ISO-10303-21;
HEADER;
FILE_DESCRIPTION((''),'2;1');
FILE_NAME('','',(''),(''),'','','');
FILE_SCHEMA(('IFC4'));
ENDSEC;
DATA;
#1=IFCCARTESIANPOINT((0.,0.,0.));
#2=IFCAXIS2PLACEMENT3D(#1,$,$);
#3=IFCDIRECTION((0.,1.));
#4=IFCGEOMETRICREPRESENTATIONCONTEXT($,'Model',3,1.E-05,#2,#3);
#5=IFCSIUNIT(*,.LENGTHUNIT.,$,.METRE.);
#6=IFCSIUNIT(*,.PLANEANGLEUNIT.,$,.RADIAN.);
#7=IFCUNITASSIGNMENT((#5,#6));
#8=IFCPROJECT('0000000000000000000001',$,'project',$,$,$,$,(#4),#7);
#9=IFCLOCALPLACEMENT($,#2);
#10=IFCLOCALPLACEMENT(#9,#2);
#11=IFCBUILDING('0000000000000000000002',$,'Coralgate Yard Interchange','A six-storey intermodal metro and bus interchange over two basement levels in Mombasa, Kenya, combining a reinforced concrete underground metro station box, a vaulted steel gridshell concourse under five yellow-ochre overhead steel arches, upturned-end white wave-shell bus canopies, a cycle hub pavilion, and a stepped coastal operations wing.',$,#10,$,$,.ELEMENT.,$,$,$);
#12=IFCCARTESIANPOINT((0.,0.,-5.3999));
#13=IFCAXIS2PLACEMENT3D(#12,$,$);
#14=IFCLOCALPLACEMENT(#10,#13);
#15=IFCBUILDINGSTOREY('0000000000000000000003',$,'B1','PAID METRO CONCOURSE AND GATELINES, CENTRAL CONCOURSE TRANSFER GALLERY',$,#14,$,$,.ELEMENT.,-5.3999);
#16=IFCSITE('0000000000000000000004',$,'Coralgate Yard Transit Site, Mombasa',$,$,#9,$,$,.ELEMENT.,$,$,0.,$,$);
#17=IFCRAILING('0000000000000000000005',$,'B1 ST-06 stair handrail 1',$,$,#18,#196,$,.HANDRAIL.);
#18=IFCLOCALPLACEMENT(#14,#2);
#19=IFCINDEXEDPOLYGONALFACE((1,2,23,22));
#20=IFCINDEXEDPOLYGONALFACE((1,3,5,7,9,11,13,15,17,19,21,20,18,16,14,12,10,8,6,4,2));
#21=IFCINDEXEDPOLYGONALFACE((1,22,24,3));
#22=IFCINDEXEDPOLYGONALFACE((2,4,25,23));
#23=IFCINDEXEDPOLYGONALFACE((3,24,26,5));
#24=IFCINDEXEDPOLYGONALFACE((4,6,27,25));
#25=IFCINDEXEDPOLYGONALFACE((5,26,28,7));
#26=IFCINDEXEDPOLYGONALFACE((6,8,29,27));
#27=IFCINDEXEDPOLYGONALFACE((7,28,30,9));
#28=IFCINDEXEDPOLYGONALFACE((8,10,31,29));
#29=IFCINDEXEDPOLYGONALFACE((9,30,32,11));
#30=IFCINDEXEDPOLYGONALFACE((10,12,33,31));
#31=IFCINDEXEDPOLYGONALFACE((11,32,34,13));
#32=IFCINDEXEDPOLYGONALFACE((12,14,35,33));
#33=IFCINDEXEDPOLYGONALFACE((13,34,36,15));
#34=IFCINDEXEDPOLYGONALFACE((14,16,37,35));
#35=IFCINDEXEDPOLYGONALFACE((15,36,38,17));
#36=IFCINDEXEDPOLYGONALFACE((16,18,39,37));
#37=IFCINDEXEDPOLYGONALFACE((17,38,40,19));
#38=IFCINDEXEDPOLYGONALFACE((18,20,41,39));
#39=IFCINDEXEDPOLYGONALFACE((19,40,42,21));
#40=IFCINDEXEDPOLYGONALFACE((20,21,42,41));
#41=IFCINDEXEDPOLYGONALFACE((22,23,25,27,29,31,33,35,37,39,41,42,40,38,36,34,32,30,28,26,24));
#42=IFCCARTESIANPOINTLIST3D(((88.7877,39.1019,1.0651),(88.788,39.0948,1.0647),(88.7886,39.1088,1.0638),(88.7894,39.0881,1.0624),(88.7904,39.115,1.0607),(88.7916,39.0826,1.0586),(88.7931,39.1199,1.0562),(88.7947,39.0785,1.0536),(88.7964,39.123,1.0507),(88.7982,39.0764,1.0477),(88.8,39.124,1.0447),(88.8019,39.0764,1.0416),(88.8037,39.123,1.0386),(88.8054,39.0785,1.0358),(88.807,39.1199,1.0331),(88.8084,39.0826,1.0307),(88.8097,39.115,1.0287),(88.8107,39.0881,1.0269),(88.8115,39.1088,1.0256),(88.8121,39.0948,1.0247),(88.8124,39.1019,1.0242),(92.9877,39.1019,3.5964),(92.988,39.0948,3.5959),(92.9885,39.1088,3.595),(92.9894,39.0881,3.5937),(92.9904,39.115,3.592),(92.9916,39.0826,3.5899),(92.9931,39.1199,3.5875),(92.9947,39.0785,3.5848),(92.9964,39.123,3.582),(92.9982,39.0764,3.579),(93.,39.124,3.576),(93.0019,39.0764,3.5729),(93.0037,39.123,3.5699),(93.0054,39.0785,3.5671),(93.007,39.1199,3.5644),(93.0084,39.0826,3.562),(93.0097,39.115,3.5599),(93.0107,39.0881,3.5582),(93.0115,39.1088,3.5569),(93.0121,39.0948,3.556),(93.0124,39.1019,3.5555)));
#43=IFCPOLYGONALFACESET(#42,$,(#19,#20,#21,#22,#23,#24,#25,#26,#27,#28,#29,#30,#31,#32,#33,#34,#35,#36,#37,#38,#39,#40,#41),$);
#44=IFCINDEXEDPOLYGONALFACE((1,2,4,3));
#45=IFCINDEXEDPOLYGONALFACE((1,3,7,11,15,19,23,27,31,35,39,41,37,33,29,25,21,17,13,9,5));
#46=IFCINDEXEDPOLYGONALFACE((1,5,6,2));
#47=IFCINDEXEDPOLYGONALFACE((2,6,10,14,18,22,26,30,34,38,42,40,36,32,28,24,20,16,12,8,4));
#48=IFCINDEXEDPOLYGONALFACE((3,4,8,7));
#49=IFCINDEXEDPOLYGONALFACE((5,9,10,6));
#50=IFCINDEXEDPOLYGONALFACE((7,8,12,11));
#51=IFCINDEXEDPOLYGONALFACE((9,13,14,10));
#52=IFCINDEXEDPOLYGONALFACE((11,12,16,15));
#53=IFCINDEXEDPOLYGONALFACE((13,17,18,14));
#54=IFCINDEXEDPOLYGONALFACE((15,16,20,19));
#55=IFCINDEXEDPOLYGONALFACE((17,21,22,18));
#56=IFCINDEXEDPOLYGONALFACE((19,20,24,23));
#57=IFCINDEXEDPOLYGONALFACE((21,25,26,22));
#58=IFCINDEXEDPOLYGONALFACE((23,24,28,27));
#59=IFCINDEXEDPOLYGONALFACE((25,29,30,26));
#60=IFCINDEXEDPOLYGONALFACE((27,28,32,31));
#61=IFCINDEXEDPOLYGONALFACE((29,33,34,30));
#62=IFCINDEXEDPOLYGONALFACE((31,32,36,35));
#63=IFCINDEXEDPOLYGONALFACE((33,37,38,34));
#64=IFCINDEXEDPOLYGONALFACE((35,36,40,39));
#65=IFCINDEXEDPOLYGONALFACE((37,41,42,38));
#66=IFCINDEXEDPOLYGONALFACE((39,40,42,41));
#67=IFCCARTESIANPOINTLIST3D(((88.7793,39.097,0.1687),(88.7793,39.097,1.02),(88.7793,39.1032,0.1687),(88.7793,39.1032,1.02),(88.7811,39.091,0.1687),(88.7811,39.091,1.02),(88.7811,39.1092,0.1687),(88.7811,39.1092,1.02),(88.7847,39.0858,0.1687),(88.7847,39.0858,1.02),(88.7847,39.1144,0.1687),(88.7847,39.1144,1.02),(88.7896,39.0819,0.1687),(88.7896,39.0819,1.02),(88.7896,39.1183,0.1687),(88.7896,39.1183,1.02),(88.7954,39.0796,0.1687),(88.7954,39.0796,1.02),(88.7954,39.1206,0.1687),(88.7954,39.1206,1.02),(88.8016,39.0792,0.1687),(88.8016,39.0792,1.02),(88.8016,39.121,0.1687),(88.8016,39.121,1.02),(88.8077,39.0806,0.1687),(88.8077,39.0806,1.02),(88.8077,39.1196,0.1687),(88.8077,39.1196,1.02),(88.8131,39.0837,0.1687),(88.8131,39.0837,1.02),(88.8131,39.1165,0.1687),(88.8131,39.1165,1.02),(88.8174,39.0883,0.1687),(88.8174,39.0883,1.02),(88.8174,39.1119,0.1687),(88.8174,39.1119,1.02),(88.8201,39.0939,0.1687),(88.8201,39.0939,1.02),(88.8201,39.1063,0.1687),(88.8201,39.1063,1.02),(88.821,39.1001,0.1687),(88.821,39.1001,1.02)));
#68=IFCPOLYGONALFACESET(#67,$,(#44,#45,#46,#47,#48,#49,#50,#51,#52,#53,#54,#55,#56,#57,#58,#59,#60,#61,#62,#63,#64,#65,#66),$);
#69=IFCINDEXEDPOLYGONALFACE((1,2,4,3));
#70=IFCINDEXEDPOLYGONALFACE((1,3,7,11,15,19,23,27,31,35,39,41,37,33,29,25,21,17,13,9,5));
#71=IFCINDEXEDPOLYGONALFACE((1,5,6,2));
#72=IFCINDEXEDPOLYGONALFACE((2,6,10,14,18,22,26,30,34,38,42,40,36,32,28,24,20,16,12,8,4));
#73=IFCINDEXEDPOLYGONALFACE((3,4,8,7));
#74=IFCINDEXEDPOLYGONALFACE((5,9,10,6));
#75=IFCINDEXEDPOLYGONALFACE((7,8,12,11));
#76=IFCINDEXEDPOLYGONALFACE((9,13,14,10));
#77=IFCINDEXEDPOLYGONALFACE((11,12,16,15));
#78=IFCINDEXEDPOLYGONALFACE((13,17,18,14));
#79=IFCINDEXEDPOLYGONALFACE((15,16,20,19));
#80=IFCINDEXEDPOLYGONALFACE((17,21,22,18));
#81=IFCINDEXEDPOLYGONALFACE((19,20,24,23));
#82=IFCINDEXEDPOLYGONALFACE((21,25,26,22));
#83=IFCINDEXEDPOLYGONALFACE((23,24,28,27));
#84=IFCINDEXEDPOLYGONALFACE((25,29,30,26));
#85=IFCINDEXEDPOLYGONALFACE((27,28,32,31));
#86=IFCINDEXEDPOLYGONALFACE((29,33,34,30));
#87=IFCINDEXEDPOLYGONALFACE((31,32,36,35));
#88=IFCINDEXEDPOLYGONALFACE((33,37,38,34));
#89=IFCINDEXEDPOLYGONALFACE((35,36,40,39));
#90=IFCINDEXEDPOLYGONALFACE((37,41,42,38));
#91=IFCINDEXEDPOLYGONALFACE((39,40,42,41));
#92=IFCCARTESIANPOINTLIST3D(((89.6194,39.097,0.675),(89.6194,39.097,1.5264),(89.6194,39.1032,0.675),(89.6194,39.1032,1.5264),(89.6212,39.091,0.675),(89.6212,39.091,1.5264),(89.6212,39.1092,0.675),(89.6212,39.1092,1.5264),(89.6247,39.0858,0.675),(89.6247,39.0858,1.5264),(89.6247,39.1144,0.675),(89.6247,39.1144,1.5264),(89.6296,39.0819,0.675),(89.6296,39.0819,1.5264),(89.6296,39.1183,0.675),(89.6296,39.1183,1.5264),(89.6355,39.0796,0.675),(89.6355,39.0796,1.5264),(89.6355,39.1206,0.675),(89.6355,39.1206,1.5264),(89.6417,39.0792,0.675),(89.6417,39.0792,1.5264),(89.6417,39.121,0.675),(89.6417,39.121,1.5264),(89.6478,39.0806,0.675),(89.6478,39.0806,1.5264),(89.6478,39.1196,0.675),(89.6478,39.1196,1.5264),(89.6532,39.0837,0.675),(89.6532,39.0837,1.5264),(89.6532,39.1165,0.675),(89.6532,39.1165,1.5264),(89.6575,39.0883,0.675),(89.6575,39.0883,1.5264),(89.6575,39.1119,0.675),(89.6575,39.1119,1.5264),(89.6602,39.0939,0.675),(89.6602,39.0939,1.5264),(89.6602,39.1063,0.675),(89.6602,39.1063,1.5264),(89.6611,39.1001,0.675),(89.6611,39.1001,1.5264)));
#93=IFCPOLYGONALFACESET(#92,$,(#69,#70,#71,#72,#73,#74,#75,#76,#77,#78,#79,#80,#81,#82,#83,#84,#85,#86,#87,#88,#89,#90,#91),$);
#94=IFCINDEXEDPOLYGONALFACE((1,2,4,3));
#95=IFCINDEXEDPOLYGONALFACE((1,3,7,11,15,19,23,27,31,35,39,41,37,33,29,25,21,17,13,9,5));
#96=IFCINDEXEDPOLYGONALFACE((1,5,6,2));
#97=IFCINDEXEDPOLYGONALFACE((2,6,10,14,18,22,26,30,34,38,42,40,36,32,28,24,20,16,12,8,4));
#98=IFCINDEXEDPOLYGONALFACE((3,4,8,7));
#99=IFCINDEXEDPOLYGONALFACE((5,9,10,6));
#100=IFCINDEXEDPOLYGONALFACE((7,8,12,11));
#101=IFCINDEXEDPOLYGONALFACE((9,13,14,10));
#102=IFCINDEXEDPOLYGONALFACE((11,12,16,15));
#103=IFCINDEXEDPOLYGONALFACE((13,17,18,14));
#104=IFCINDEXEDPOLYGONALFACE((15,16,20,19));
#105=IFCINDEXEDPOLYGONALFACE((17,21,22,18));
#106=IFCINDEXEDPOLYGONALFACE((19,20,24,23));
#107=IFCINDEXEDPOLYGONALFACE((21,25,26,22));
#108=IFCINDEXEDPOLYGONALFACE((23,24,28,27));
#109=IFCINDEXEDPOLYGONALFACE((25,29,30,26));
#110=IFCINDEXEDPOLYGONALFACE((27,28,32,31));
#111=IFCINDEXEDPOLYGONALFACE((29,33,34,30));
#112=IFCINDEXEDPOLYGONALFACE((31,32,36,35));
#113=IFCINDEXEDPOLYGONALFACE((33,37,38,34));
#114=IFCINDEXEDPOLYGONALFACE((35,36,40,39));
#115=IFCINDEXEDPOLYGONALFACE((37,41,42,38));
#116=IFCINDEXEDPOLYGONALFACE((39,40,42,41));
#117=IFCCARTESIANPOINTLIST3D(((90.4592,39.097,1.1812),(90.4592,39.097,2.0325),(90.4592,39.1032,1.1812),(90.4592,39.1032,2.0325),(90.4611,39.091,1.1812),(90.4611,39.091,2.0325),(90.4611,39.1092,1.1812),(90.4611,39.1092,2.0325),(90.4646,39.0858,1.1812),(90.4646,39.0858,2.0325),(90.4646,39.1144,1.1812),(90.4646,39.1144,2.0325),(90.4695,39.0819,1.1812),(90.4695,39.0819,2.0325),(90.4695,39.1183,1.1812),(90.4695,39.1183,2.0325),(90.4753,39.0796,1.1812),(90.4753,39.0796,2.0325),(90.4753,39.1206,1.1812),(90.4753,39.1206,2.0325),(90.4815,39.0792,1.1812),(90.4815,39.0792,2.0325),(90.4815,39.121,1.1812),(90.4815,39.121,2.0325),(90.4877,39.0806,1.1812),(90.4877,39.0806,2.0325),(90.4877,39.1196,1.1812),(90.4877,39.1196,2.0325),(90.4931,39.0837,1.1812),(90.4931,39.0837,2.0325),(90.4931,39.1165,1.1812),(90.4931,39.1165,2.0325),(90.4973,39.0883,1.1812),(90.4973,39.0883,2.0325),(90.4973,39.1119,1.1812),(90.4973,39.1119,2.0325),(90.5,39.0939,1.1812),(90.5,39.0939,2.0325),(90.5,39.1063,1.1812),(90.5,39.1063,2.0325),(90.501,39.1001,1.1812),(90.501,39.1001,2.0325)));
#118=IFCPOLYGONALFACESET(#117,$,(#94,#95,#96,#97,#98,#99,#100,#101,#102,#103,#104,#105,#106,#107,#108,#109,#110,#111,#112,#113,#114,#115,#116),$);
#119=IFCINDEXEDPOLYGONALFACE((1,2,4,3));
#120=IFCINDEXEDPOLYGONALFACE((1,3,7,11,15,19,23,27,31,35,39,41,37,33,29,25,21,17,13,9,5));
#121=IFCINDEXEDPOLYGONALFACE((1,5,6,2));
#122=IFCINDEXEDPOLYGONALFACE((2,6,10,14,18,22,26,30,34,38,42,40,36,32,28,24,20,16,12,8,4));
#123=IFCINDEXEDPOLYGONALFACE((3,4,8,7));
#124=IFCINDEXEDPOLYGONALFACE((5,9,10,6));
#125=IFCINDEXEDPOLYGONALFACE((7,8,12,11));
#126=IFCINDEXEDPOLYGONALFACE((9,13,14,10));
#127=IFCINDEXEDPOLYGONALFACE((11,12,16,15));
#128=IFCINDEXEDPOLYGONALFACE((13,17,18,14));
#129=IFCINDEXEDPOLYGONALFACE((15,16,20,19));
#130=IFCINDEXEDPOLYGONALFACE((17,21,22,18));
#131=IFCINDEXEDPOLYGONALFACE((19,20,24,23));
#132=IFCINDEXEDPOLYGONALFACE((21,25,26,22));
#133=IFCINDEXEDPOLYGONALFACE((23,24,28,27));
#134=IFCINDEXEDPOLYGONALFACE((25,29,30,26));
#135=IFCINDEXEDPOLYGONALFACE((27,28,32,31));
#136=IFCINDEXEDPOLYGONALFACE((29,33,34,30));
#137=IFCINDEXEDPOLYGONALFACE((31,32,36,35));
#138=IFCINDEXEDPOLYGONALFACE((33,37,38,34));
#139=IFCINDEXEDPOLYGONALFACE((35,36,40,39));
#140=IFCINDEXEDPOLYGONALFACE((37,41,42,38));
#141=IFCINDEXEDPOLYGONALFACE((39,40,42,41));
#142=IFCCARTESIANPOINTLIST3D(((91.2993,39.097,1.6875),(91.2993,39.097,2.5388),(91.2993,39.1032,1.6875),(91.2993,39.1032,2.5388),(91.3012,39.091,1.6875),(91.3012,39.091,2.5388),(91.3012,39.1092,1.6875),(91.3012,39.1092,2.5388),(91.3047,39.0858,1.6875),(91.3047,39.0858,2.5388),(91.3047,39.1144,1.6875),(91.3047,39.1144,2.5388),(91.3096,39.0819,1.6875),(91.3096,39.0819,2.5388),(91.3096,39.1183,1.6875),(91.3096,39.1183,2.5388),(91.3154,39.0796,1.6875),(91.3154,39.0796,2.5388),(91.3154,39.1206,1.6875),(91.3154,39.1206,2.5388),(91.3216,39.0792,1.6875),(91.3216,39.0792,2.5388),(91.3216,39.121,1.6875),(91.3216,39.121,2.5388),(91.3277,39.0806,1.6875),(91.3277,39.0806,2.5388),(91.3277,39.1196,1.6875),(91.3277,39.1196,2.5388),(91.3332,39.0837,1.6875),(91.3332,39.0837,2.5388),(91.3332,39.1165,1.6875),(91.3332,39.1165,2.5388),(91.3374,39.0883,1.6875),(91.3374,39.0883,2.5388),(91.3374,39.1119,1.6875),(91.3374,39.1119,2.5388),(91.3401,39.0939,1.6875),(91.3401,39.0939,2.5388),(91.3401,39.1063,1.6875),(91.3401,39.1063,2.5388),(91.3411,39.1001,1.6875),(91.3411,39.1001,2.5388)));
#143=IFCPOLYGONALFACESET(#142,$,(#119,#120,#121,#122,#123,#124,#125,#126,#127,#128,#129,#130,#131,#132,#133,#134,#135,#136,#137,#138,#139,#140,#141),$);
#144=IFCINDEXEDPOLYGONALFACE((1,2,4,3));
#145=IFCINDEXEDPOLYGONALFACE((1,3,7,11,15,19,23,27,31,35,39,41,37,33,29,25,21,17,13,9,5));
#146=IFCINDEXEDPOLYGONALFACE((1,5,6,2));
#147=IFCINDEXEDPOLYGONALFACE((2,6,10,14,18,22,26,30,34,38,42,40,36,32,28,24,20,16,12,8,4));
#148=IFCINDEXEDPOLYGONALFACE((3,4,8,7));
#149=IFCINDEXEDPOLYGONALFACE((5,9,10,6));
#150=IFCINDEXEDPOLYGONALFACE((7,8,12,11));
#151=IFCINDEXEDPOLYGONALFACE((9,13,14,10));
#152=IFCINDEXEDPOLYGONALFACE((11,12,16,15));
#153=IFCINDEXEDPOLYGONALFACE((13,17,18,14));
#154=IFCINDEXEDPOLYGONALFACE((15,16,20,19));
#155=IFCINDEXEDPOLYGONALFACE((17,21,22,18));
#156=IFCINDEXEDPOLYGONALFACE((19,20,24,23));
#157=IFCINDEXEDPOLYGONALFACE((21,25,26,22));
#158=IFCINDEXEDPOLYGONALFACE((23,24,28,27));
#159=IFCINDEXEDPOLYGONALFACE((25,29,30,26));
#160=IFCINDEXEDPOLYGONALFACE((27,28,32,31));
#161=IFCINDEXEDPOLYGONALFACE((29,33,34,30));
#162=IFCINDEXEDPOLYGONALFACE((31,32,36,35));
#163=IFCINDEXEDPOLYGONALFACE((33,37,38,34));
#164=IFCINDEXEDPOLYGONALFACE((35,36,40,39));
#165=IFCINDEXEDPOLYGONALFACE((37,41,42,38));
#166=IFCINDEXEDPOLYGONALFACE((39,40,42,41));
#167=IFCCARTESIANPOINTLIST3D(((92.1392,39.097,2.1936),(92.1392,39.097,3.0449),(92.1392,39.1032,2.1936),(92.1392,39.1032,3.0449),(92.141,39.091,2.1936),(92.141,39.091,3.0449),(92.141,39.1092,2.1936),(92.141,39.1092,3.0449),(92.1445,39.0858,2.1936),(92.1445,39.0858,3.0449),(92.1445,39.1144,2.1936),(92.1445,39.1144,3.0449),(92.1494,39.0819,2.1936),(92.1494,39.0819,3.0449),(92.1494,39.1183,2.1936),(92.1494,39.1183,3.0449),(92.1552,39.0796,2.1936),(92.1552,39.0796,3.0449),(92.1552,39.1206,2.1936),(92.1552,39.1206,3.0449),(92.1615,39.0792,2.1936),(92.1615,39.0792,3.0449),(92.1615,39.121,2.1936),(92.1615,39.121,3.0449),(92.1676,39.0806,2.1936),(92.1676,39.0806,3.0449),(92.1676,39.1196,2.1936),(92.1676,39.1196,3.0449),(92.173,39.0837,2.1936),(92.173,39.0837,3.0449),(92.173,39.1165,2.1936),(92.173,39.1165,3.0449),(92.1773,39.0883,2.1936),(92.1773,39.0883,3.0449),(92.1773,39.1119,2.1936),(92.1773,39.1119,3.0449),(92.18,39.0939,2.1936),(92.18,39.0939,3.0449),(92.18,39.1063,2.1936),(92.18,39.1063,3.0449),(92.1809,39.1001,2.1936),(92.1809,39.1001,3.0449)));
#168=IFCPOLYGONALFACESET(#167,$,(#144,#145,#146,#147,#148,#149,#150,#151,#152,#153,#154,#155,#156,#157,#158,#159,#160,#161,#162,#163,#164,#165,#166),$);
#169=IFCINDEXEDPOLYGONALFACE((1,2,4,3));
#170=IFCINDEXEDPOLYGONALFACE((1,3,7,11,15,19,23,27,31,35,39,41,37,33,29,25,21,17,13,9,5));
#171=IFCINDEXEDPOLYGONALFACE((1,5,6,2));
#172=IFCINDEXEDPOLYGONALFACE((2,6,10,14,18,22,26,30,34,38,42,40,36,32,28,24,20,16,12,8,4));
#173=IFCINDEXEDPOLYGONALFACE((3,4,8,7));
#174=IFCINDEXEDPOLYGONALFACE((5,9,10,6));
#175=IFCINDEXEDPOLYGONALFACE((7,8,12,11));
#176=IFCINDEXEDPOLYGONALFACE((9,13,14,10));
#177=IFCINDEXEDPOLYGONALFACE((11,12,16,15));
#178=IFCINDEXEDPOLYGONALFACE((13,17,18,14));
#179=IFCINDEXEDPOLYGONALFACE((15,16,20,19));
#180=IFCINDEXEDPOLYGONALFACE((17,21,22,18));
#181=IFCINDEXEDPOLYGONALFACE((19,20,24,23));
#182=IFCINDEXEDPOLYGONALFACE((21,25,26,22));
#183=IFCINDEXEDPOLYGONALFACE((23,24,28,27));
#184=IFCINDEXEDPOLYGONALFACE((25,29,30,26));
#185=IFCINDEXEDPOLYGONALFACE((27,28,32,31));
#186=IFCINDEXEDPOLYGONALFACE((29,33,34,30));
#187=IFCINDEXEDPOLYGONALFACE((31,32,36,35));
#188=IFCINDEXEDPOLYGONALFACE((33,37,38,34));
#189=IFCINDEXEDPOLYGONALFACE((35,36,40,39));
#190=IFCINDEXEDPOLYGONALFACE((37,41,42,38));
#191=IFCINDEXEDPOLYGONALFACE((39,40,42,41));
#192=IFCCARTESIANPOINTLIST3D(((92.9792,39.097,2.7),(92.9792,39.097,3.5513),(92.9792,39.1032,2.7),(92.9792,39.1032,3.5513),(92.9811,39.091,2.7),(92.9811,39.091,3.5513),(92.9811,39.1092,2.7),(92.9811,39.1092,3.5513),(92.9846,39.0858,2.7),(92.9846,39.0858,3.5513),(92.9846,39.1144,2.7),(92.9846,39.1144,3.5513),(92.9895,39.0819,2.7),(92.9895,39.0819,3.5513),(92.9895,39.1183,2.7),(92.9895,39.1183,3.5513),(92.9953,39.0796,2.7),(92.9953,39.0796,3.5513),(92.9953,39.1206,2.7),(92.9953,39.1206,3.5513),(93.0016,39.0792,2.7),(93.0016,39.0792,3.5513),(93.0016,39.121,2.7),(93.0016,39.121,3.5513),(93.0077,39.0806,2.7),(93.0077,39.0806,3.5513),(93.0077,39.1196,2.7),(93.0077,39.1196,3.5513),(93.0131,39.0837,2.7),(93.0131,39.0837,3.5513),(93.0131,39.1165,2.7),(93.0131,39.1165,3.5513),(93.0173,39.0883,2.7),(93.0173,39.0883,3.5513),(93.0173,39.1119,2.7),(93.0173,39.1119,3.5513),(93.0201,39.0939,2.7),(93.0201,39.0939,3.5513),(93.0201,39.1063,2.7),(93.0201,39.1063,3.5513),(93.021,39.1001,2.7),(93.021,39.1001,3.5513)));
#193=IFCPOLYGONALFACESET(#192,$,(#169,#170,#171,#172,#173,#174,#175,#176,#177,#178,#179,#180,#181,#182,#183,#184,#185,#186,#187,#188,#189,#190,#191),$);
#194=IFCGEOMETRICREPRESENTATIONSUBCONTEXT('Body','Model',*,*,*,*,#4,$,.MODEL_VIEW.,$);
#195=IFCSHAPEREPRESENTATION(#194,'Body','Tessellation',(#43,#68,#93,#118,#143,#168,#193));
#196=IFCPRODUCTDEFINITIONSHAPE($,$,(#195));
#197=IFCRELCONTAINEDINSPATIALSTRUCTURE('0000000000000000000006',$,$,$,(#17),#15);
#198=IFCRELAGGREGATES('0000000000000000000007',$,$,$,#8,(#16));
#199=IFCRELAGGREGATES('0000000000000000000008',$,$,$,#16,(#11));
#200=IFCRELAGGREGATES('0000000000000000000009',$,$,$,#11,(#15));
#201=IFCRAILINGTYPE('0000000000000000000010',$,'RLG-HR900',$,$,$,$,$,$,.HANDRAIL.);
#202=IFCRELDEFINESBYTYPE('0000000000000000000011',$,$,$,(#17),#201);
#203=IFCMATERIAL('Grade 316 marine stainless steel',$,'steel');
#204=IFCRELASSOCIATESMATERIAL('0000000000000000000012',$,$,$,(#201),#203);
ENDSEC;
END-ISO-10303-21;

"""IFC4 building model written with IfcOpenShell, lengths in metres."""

from ifc_helpers import new_model, si_unit, direction, frame, origin, origin_2d, place, context, subcontext, project, spatial, circle, extrude, material, type_object, element, save


model = new_model("IFC4")

# Units and contexts
model_context = context("Model", 3, precision=1e-05, world=origin(), true_north=direction((0.0, 1.0)))
body_context = subcontext(model_context, "Body", "Model", "MODEL_VIEW")
ifc_project = project(units=[si_unit("LENGTHUNIT", "METRE"), si_unit("PLANEANGLEUNIT", "RADIAN")], contexts=[model_context])

# Site, building, storey
site_placement = place(None, origin())
site = spatial("IfcSite", under=ifc_project, at=site_placement, Name="Coralgate Yard Transit Site, Mombasa", CompositionType="ELEMENT", RefElevation=0.0)
building_placement = place(site_placement, origin())
building = spatial("IfcBuilding", under=site, at=building_placement, Name="Coralgate Yard Interchange", Description="A six-storey intermodal metro and bus interchange over two basement levels in Mombasa, Kenya, combining a reinforced concrete underground metro station box, a vaulted steel gridshell concourse under five yellow-ochre overhead steel arches, upturned-end white wave-shell bus canopies, a cycle hub pavilion, and a stepped coastal operations wing.", CompositionType="ELEMENT")
storey_placement = place(building_placement, frame((0.0, 0.0, -5.3999)))
storey = spatial("IfcBuildingStorey", under=building, at=storey_placement, Name="B1", Description="PAID METRO CONCOURSE AND GATELINES, CENTRAL CONCOURSE TRANSFER GALLERY", CompositionType="ELEMENT", Elevation=-5.3999)

# Railing
ifc_material_1 = material(Name="Grade 316 marine stainless steel", Category="steel")
railing_type_1 = type_object("IfcRailingType", Name="RLG-HR900", PredefinedType="HANDRAIL", material=ifc_material_1)
railing_1_placement = place(storey_placement, frame((88.8, 39.1001, 0.1687)))
element("IfcRailing", 1, at=railing_1_placement, inside=storey, type_object=railing_type_1, Name="B1 ST-06 stair handrail 1", PredefinedType="HANDRAIL", context=body_context, shape_type="SweptSolid", body=[
    extrude(circle(Radius=0.0239, at=origin_2d()), frame((0.0, 0.0, 0.876), z_axis=(0.856476, 0.0, 0.516186), x_axis=(0.0, 1.0, 0.0)), (0.0, 0.0, 1.0), 4.9038),
    extrude(circle(Radius=0.021, at=origin_2d()), origin(), (0.0, 0.0, 1.0), 0.8513),
    extrude(circle(Radius=0.021, at=origin_2d()), frame((0.8401, 0.0, 0.5063)), (0.0, 0.0, 1.0), 0.8513),
    extrude(circle(Radius=0.021, at=origin_2d()), frame((1.6799, 0.0, 1.0125)), (0.0, 0.0, 1.0), 0.8513),
    extrude(circle(Radius=0.021, at=origin_2d()), frame((2.52, 0.0, 1.5188)), (0.0, 0.0, 1.0), 0.8513),
    extrude(circle(Radius=0.021, at=origin_2d()), frame((3.3599, 0.0, 2.0249)), (0.0, 0.0, 1.0), 0.8513),
    extrude(circle(Radius=0.021, at=origin_2d()), frame((4.2, 0.0, 2.5312)), (0.0, 0.0, 1.0), 0.8513),
])

save(model, "model.ifc")
